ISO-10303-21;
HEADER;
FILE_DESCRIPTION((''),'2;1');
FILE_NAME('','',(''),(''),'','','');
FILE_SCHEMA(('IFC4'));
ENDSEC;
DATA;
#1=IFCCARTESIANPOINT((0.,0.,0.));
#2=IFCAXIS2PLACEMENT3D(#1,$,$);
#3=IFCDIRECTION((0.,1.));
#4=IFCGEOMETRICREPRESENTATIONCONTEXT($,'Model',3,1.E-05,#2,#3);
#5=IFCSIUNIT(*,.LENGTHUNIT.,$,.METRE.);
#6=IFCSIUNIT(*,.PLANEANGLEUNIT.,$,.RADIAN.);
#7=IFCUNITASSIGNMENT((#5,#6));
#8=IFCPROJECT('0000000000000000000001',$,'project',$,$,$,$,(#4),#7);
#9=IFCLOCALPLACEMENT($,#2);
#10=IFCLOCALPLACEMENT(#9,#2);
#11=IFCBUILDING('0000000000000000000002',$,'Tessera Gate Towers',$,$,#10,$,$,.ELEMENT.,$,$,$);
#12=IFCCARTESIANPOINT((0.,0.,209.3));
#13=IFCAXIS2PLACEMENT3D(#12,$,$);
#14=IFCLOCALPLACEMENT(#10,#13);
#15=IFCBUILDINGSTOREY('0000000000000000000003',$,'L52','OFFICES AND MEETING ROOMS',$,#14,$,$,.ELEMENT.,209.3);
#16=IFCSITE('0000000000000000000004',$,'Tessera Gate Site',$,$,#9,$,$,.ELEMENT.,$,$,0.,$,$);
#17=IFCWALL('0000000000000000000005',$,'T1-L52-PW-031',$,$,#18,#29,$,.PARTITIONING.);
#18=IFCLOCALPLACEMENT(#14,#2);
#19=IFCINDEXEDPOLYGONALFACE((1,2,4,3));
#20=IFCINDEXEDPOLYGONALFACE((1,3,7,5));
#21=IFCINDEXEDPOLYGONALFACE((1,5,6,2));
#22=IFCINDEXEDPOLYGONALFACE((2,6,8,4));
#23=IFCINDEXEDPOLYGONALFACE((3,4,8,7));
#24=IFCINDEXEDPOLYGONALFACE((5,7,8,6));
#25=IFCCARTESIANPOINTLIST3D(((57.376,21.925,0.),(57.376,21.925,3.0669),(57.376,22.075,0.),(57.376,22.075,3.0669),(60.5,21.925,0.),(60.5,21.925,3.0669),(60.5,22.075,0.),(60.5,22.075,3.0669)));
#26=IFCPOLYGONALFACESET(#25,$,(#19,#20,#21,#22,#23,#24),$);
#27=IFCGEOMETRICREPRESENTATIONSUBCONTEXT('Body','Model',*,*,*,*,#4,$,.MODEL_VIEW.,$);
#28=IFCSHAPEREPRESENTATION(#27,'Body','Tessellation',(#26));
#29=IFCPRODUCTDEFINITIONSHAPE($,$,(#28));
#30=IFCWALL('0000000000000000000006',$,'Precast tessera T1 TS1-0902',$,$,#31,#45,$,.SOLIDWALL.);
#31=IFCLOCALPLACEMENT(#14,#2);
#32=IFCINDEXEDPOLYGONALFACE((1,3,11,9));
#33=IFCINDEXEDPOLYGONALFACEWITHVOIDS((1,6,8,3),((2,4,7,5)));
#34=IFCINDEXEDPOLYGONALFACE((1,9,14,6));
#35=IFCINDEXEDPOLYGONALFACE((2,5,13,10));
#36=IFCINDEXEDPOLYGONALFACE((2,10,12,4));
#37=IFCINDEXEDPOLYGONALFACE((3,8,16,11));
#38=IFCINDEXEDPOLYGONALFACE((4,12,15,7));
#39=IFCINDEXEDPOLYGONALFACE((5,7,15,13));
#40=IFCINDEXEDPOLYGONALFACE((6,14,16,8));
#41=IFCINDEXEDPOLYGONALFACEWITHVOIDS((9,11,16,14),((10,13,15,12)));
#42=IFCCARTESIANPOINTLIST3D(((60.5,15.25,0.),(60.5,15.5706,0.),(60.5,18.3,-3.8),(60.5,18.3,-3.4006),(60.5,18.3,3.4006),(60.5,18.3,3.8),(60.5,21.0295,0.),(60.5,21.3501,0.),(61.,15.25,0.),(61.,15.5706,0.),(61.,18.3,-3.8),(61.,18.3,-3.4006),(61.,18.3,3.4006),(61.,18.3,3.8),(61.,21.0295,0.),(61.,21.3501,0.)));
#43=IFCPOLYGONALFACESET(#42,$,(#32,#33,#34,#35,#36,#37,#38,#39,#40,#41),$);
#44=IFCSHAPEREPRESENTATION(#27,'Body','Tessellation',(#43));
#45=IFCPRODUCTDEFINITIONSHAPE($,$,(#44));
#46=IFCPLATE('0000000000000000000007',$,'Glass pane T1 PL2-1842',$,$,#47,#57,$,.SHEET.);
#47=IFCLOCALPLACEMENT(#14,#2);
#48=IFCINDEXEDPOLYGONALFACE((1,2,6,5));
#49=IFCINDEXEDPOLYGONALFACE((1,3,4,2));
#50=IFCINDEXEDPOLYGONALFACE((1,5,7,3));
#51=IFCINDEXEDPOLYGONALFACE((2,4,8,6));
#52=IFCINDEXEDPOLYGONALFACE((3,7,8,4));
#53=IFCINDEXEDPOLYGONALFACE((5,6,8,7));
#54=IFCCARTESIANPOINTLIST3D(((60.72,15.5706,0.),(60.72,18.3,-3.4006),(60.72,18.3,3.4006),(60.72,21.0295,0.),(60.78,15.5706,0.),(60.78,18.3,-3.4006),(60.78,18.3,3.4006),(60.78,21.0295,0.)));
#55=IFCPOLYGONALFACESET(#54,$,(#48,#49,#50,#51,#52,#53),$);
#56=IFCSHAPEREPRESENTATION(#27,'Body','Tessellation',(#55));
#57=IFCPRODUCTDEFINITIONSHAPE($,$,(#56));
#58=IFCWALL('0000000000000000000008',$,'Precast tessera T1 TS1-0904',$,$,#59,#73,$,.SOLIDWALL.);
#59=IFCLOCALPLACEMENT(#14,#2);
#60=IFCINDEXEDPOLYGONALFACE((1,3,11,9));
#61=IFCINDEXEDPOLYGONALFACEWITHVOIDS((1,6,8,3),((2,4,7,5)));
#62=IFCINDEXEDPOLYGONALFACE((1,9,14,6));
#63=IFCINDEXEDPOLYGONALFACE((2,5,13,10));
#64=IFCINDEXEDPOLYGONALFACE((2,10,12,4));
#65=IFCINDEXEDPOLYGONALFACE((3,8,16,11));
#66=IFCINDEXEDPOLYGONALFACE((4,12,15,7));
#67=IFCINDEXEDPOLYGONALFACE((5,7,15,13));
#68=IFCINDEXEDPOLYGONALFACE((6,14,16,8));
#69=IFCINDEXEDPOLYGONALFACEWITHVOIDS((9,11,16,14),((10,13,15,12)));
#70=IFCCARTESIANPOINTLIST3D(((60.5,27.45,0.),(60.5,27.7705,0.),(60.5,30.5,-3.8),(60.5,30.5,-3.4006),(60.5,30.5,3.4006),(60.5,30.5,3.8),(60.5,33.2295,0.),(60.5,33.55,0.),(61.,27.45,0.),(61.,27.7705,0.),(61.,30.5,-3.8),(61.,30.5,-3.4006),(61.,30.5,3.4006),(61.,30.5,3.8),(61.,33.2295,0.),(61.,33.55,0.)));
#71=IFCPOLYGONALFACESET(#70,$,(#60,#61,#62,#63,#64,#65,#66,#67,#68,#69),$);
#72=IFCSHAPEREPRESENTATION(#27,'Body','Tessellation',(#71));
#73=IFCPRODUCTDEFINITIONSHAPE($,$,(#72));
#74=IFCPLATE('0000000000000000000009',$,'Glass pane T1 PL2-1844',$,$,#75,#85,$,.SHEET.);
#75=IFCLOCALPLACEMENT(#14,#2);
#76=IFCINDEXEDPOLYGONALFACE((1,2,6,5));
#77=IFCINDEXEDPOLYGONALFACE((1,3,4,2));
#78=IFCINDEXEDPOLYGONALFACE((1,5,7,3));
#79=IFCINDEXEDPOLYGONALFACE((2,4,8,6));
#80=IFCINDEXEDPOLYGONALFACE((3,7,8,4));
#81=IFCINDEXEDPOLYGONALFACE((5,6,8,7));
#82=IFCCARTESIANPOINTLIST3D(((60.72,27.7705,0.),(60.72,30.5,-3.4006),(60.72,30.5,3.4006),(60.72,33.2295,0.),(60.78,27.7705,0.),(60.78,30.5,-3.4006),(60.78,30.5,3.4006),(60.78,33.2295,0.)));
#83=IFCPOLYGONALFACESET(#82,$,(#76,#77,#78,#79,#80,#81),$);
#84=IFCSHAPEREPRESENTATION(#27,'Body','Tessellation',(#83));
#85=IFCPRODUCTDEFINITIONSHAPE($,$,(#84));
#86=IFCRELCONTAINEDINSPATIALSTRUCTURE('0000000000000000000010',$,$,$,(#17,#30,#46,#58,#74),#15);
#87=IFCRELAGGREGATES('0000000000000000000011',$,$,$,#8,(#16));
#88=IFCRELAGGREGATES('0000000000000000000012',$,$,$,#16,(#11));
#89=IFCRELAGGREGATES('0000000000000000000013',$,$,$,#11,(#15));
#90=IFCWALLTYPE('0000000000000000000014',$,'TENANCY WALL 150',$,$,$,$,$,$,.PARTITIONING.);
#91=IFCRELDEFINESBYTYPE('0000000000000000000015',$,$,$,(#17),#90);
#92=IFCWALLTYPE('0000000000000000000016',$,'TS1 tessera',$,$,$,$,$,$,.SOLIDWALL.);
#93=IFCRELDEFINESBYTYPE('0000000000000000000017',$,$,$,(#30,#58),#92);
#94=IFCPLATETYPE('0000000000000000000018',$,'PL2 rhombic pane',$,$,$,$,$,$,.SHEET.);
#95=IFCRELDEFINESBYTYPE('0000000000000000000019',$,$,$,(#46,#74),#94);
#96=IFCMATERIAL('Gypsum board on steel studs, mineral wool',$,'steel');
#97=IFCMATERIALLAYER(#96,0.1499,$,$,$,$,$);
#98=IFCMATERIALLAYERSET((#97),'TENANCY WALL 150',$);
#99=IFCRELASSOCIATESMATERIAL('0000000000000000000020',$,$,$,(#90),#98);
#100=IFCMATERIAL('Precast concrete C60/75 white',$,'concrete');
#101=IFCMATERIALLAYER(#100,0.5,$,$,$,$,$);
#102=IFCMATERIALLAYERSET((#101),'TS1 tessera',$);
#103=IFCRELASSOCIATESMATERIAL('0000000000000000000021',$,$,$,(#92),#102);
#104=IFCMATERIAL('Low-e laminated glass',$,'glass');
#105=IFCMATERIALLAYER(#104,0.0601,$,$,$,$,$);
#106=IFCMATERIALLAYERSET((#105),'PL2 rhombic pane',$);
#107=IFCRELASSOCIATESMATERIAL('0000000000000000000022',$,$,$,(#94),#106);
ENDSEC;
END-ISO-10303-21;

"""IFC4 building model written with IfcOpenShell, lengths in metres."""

from ifc_helpers import new_model, si_unit, direction, frame, frame_2d, origin, place, context, subcontext, project, spatial, polyline, rectangle, outline, extrude, source, transform, mapped, material, layer, layer_set, type_object, element, fill, save


model = new_model("IFC4")

# Units and contexts
model_context = context("Model", 3, precision=1e-05, world=origin(), true_north=direction((0.0, 1.0)))
body_context = subcontext(model_context, "Body", "Model", "MODEL_VIEW")
ifc_project = project(units=[si_unit("LENGTHUNIT", "METRE"), si_unit("PLANEANGLEUNIT", "RADIAN")], contexts=[model_context])

# Site, building, storey
site_placement = place(None, origin())
site = spatial("IfcSite", under=ifc_project, at=site_placement, Name="Tessera Gate Site", CompositionType="ELEMENT", RefElevation=0.0)
building_placement = place(site_placement, origin())
building = spatial("IfcBuilding", under=site, at=building_placement, Name="Tessera Gate Towers", CompositionType="ELEMENT")
storey_placement = place(building_placement, frame((0.0, 0.0, 209.3)))
storey = spatial("IfcBuildingStorey", under=building, at=storey_placement, Name="L52", Description="OFFICES AND MEETING ROOMS", CompositionType="ELEMENT", Elevation=209.3)

# Wall
ifc_material_1 = material(Name="Gypsum board on steel studs, mineral wool", Category="steel")
ifc_layer_1 = layer(ifc_material_1, 0.1499)
ifc_layer_set_1 = layer_set([ifc_layer_1], Name="TENANCY WALL 150")
wall_type_1 = type_object("IfcWallType", Name="TENANCY WALL 150", PredefinedType="PARTITIONING", material=ifc_layer_set_1)
wall_1_placement = place(storey_placement, frame((57.376, 22.0, 0.0), z_axis=(0.0, 0.0, 1.0), x_axis=(1.0, 0.0, 0.0)))
element("IfcWall", 1, at=wall_1_placement, inside=storey, type_object=wall_type_1, Name="T1-L52-PW-031", PredefinedType="PARTITIONING", context=body_context, shape_type="SweptSolid", body=[
    extrude(rectangle(XDim=3.124, YDim=0.1499, at=frame_2d((1.562, 0.0))), origin(), (0.0, 0.0, 1.0), 3.0669),
])

# Walls, openings, plates
ifc_material_2 = material(Name="Precast concrete C60/75 white", Category="concrete")
ifc_layer_2 = layer(ifc_material_2, 0.5)
ifc_layer_set_2 = layer_set([ifc_layer_2], Name="TS1 tessera")
wall_type_2 = type_object("IfcWallType", Name="TS1 tessera", PredefinedType="SOLIDWALL", material=ifc_layer_set_2)
shared_shape_1 = source(origin(), body_context, "Body", "SweptSolid", [
    extrude(outline(polyline([(3.05, 0.0), (6.1001, 3.8), (3.05, 7.6001), (0.0, 3.8), (3.05, 0.0)])), frame((0.0, 0.25, 0.0), z_axis=(0.0, -1.0, 0.0), x_axis=(1.0, 0.0, 0.0)), (0.0, 0.0, 1.0), 0.5),
])
wall_2_placement = place(storey_placement, frame((60.75, 15.25, -3.8), z_axis=(0.0, 0.0, 1.0), x_axis=(0.0, 1.0, 0.0)))
wall_2 = element("IfcWall", 2, at=wall_2_placement, inside=storey, type_object=wall_type_2, Name="Precast tessera T1 TS1-0902", PredefinedType="SOLIDWALL", context=body_context, shape_type="MappedRepresentation", body=[
    mapped(shared_shape_1, transform((0.0, 0.0, 0.0), scale=1.0)),
])
shared_shape_2 = source(origin(), body_context, "Body", "SweptSolid", [
    extrude(outline(polyline([(3.05, 0.3994), (5.7795, 3.8), (3.05, 7.2007), (0.3206, 3.8), (3.05, 0.3994)])), frame((0.0, 0.26, 0.0), z_axis=(0.0, -1.0, 0.0), x_axis=(1.0, 0.0, 0.0)), (0.0, 0.0, 1.0), 0.52),
])
opening_1_placement = place(wall_2_placement, origin())
opening_1 = element("IfcOpeningElement", 3, at=opening_1_placement, cuts=wall_2, PredefinedType="OPENING", context=body_context, shape_type="MappedRepresentation", body=[
    mapped(shared_shape_2, transform((0.0, 0.0, 0.0), scale=1.0)),
])
ifc_material_3 = material(Name="Low-e laminated glass", Category="glass")
ifc_layer_3 = layer(ifc_material_3, 0.0601)
ifc_layer_set_3 = layer_set([ifc_layer_3], Name="PL2 rhombic pane")
plate_type = type_object("IfcPlateType", Name="PL2 rhombic pane", PredefinedType="SHEET", material=ifc_layer_set_3)
shared_shape_3 = source(origin(), body_context, "Body", "SweptSolid", [
    extrude(outline(polyline([(3.05, 0.3994), (5.7795, 3.8), (3.05, 7.2007), (0.3206, 3.8), (3.05, 0.3994)])), frame((0.0, 0.03, 0.0), z_axis=(0.0, -1.0, 0.0), x_axis=(1.0, 0.0, 0.0)), (0.0, 0.0, 1.0), 0.0601),
])
plate_1_placement = place(opening_1_placement, origin())
plate_1 = element("IfcPlate", 4, at=plate_1_placement, inside=storey, type_object=plate_type, Name="Glass pane T1 PL2-1842", PredefinedType="SHEET", context=body_context, shape_type="MappedRepresentation", body=[
    mapped(shared_shape_3, transform((0.0, 0.0, 0.0), scale=1.0)),
])
fill(opening_1, plate_1)
wall_3_placement = place(storey_placement, frame((60.75, 27.45, -3.8), z_axis=(0.0, 0.0, 1.0), x_axis=(0.0, 1.0, 0.0)))
wall_3 = element("IfcWall", 5, at=wall_3_placement, inside=storey, type_object=wall_type_2, Name="Precast tessera T1 TS1-0904", PredefinedType="SOLIDWALL", context=body_context, shape_type="MappedRepresentation", body=[
    mapped(shared_shape_1, transform((0.0, 0.0, 0.0), scale=1.0)),
])
opening_2_placement = place(wall_3_placement, origin())
opening_2 = element("IfcOpeningElement", 6, at=opening_2_placement, cuts=wall_3, PredefinedType="OPENING", context=body_context, shape_type="MappedRepresentation", body=[
    mapped(shared_shape_2, transform((0.0, 0.0, 0.0), scale=1.0)),
])
plate_2_placement = place(opening_2_placement, origin())
plate_2 = element("IfcPlate", 7, at=plate_2_placement, inside=storey, type_object=plate_type, Name="Glass pane T1 PL2-1844", PredefinedType="SHEET", context=body_context, shape_type="MappedRepresentation", body=[
    mapped(shared_shape_3, transform((0.0, 0.0, 0.0), scale=1.0)),
])
fill(opening_2, plate_2)

save(model, "model.ifc")
